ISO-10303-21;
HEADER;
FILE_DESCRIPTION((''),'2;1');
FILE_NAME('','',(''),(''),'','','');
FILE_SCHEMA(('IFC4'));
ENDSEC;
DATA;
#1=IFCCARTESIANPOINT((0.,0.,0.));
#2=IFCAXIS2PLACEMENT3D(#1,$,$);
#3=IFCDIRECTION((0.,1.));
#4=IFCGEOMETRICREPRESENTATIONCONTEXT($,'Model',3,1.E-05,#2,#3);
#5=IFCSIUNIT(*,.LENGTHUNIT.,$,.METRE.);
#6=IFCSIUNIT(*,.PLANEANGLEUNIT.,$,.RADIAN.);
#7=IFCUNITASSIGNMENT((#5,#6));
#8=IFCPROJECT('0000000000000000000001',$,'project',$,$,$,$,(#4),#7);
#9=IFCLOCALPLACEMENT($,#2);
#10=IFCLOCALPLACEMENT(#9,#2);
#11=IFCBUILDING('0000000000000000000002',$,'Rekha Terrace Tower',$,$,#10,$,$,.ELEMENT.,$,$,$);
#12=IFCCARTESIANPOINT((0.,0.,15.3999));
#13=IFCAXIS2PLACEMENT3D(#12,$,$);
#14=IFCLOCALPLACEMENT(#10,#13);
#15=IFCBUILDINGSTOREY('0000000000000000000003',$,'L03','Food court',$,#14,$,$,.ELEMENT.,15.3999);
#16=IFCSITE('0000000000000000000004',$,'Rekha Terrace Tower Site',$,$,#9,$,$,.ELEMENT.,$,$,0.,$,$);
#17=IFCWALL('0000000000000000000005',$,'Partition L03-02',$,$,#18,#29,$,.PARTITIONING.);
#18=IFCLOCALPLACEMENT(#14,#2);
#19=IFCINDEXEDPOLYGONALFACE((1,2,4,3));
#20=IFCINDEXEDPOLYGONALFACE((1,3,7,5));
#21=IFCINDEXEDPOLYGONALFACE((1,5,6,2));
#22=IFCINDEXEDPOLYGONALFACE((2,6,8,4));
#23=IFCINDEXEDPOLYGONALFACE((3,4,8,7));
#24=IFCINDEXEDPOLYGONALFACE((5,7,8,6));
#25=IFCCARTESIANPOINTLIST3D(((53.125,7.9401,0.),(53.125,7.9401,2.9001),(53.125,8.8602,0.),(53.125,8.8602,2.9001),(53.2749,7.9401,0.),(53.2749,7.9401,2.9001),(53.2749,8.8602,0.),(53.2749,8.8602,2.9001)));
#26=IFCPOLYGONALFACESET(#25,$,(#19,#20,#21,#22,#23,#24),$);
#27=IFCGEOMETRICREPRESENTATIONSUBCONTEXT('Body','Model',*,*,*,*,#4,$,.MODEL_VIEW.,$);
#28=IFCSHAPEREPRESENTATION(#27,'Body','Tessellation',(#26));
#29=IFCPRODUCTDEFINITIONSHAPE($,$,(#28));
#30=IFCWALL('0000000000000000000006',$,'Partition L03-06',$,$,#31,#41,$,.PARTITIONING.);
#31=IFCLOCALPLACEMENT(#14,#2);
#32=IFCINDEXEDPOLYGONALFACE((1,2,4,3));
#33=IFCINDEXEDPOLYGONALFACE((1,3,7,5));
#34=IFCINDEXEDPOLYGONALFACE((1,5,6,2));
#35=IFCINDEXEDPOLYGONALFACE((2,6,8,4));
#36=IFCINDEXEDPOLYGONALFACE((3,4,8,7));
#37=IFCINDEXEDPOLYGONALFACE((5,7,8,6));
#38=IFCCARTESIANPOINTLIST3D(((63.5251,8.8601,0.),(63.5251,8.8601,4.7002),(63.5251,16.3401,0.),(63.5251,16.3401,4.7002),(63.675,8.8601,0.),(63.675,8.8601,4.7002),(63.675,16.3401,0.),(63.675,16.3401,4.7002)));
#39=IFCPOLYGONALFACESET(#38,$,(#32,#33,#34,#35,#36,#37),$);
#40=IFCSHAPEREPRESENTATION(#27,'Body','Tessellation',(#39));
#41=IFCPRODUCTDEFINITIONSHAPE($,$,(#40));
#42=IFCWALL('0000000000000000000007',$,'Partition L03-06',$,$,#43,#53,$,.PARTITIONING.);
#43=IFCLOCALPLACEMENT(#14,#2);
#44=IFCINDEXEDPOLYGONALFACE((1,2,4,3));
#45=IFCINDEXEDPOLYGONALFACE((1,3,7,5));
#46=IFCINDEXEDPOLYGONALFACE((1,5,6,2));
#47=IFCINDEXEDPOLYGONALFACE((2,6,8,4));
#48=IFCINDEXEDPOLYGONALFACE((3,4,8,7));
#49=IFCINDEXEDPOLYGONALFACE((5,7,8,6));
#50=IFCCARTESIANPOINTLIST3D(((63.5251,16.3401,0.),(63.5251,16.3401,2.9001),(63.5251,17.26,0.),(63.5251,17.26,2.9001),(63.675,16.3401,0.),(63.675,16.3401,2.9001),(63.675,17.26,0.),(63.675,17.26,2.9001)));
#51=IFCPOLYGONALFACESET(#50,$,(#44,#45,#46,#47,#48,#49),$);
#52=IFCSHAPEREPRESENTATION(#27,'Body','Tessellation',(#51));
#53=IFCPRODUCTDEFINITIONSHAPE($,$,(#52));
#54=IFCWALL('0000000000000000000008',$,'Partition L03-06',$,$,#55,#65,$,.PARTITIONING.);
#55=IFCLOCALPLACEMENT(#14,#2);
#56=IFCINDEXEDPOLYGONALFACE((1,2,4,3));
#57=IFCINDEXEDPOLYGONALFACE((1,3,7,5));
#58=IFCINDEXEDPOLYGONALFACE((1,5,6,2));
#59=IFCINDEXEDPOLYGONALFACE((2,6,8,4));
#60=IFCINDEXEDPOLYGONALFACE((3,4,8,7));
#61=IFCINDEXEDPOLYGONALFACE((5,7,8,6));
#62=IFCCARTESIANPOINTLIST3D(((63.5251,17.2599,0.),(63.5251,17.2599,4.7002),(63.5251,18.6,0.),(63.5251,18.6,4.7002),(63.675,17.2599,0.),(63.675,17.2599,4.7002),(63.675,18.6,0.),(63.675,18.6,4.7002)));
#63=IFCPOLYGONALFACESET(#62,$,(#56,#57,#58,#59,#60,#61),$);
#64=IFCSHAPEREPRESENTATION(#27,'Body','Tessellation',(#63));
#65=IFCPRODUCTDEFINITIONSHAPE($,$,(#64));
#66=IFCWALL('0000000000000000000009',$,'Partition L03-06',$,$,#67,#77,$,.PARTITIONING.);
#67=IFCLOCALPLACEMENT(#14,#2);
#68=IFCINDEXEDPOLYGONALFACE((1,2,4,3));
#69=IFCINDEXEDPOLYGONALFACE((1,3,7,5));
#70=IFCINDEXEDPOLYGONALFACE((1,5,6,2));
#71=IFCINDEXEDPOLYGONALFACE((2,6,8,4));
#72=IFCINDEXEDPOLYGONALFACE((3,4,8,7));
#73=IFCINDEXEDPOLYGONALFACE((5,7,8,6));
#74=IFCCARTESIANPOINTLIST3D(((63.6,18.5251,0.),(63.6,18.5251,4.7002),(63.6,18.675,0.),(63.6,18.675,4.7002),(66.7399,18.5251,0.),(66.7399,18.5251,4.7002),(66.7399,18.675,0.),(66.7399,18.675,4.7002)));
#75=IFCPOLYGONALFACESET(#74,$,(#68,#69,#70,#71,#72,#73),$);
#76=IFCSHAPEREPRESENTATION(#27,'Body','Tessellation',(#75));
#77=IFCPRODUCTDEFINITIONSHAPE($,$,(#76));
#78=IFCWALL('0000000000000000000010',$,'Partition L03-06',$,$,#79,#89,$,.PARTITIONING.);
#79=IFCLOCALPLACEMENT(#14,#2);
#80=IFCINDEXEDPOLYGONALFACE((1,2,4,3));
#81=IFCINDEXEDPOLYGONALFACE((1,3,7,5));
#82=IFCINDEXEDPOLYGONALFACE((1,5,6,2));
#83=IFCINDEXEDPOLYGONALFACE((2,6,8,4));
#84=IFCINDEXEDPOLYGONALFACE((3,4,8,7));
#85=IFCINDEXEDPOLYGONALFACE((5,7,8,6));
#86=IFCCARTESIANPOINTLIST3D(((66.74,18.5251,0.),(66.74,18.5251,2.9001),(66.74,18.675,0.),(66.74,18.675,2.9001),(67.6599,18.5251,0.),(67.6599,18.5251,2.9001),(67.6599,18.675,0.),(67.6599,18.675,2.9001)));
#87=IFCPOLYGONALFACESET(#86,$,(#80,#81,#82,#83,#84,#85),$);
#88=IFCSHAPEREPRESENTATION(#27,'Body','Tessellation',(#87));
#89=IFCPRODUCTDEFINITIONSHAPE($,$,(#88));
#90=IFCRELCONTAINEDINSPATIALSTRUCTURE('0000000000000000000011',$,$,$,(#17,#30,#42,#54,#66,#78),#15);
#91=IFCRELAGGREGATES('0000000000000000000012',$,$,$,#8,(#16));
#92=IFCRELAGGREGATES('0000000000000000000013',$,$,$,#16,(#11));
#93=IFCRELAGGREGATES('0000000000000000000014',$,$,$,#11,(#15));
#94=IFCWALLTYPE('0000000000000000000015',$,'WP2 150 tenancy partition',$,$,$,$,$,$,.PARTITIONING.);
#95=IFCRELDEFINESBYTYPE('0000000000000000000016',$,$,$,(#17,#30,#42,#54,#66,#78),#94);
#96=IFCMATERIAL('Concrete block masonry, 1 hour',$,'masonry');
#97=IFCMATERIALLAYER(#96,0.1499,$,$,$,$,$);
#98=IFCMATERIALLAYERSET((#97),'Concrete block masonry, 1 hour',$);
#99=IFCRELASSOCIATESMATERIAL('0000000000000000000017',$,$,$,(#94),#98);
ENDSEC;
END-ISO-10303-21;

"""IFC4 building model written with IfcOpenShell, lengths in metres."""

from ifc_helpers import new_model, si_unit, direction, frame, frame_2d, origin, place, context, subcontext, project, spatial, rectangle, extrude, material, layer, layer_set, type_object, element, save


model = new_model("IFC4")

# Units and contexts
model_context = context("Model", 3, precision=1e-05, world=origin(), true_north=direction((0.0, 1.0)))
body_context = subcontext(model_context, "Body", "Model", "MODEL_VIEW")
ifc_project = project(units=[si_unit("LENGTHUNIT", "METRE"), si_unit("PLANEANGLEUNIT", "RADIAN")], contexts=[model_context])

# Site, building, storey
site_placement = place(None, origin())
site = spatial("IfcSite", under=ifc_project, at=site_placement, Name="Rekha Terrace Tower Site", CompositionType="ELEMENT", RefElevation=0.0)
building_placement = place(site_placement, origin())
building = spatial("IfcBuilding", under=site, at=building_placement, Name="Rekha Terrace Tower", CompositionType="ELEMENT")
storey_placement = place(building_placement, frame((0.0, 0.0, 15.3999)))
storey = spatial("IfcBuildingStorey", under=building, at=storey_placement, Name="L03", Description="Food court", CompositionType="ELEMENT", Elevation=15.3999)

# Shared definitions
ifc_material_1 = material(Name="Concrete block masonry, 1 hour", Category="masonry")
ifc_layer = layer(ifc_material_1, 0.1499)
ifc_layer_set = layer_set([ifc_layer], Name="Concrete block masonry, 1 hour")
wall_type = type_object("IfcWallType", Name="WP2 150 tenancy partition", PredefinedType="PARTITIONING", material=ifc_layer_set)

# Walls
wall_1_placement = place(storey_placement, frame((53.2, 8.8601, 0.0), z_axis=(0.0, 0.0, 1.0), x_axis=(0.0, -1.0, 0.0)))
element("IfcWall", 1, at=wall_1_placement, inside=storey, type_object=wall_type, Name="Partition L03-02", PredefinedType="PARTITIONING", context=body_context, shape_type="SweptSolid", body=[
    extrude(rectangle(XDim=0.9202, YDim=0.1499, at=frame_2d((0.46, 0.0))), origin(), (0.0, 0.0, 1.0), 2.9001),
])
wall_2_placement = place(storey_placement, frame((63.6001, 8.8601, 0.0), z_axis=(0.0, 0.0, 1.0), x_axis=(0.0, 1.0, 0.0)))
element("IfcWall", 2, at=wall_2_placement, inside=storey, type_object=wall_type, Name="Partition L03-06", PredefinedType="PARTITIONING", context=body_context, shape_type="SweptSolid", body=[
    extrude(rectangle(XDim=7.48, YDim=0.1499, at=frame_2d((3.74, 0.0))), origin(), (0.0, 0.0, 1.0), 4.7002),
])
wall_3_placement = place(storey_placement, frame((63.6001, 16.3401, 0.0), z_axis=(0.0, 0.0, 1.0), x_axis=(0.0, 1.0, 0.0)))
element("IfcWall", 3, at=wall_3_placement, inside=storey, type_object=wall_type, Name="Partition L03-06", PredefinedType="PARTITIONING", context=body_context, shape_type="SweptSolid", body=[
    extrude(rectangle(XDim=0.9199, YDim=0.1499, at=frame_2d((0.46, 0.0))), origin(), (0.0, 0.0, 1.0), 2.9001),
])
wall_4_placement = place(storey_placement, frame((63.6001, 17.26, 0.0), z_axis=(0.0, 0.0, 1.0), x_axis=(0.0, 1.0, 0.0)))
element("IfcWall", 4, at=wall_4_placement, inside=storey, type_object=wall_type, Name="Partition L03-06", PredefinedType="PARTITIONING", context=body_context, shape_type="SweptSolid", body=[
    extrude(rectangle(XDim=1.3401, YDim=0.1499, at=frame_2d((0.6699, 0.0))), origin(), (0.0, 0.0, 1.0), 4.7002),
])
wall_5_placement = place(storey_placement, frame((63.6001, 18.6001, 0.0), z_axis=(0.0, 0.0, 1.0), x_axis=(1.0, 0.0, 0.0)))
element("IfcWall", 5, at=wall_5_placement, inside=storey, type_object=wall_type, Name="Partition L03-06", PredefinedType="PARTITIONING", context=body_context, shape_type="SweptSolid", body=[
    extrude(rectangle(XDim=3.1399, YDim=0.1499, at=frame_2d((1.5698, 0.0))), origin(), (0.0, 0.0, 1.0), 4.7002),
])
wall_6_placement = place(storey_placement, frame((66.74, 18.6001, 0.0), z_axis=(0.0, 0.0, 1.0), x_axis=(1.0, 0.0, 0.0)))
element("IfcWall", 6, at=wall_6_placement, inside=storey, type_object=wall_type, Name="Partition L03-06", PredefinedType="PARTITIONING", context=body_context, shape_type="SweptSolid", body=[
    extrude(rectangle(XDim=0.9199, YDim=0.1499, at=frame_2d((0.46, 0.0))), origin(), (0.0, 0.0, 1.0), 2.9001),
])

save(model, "model.ifc")
